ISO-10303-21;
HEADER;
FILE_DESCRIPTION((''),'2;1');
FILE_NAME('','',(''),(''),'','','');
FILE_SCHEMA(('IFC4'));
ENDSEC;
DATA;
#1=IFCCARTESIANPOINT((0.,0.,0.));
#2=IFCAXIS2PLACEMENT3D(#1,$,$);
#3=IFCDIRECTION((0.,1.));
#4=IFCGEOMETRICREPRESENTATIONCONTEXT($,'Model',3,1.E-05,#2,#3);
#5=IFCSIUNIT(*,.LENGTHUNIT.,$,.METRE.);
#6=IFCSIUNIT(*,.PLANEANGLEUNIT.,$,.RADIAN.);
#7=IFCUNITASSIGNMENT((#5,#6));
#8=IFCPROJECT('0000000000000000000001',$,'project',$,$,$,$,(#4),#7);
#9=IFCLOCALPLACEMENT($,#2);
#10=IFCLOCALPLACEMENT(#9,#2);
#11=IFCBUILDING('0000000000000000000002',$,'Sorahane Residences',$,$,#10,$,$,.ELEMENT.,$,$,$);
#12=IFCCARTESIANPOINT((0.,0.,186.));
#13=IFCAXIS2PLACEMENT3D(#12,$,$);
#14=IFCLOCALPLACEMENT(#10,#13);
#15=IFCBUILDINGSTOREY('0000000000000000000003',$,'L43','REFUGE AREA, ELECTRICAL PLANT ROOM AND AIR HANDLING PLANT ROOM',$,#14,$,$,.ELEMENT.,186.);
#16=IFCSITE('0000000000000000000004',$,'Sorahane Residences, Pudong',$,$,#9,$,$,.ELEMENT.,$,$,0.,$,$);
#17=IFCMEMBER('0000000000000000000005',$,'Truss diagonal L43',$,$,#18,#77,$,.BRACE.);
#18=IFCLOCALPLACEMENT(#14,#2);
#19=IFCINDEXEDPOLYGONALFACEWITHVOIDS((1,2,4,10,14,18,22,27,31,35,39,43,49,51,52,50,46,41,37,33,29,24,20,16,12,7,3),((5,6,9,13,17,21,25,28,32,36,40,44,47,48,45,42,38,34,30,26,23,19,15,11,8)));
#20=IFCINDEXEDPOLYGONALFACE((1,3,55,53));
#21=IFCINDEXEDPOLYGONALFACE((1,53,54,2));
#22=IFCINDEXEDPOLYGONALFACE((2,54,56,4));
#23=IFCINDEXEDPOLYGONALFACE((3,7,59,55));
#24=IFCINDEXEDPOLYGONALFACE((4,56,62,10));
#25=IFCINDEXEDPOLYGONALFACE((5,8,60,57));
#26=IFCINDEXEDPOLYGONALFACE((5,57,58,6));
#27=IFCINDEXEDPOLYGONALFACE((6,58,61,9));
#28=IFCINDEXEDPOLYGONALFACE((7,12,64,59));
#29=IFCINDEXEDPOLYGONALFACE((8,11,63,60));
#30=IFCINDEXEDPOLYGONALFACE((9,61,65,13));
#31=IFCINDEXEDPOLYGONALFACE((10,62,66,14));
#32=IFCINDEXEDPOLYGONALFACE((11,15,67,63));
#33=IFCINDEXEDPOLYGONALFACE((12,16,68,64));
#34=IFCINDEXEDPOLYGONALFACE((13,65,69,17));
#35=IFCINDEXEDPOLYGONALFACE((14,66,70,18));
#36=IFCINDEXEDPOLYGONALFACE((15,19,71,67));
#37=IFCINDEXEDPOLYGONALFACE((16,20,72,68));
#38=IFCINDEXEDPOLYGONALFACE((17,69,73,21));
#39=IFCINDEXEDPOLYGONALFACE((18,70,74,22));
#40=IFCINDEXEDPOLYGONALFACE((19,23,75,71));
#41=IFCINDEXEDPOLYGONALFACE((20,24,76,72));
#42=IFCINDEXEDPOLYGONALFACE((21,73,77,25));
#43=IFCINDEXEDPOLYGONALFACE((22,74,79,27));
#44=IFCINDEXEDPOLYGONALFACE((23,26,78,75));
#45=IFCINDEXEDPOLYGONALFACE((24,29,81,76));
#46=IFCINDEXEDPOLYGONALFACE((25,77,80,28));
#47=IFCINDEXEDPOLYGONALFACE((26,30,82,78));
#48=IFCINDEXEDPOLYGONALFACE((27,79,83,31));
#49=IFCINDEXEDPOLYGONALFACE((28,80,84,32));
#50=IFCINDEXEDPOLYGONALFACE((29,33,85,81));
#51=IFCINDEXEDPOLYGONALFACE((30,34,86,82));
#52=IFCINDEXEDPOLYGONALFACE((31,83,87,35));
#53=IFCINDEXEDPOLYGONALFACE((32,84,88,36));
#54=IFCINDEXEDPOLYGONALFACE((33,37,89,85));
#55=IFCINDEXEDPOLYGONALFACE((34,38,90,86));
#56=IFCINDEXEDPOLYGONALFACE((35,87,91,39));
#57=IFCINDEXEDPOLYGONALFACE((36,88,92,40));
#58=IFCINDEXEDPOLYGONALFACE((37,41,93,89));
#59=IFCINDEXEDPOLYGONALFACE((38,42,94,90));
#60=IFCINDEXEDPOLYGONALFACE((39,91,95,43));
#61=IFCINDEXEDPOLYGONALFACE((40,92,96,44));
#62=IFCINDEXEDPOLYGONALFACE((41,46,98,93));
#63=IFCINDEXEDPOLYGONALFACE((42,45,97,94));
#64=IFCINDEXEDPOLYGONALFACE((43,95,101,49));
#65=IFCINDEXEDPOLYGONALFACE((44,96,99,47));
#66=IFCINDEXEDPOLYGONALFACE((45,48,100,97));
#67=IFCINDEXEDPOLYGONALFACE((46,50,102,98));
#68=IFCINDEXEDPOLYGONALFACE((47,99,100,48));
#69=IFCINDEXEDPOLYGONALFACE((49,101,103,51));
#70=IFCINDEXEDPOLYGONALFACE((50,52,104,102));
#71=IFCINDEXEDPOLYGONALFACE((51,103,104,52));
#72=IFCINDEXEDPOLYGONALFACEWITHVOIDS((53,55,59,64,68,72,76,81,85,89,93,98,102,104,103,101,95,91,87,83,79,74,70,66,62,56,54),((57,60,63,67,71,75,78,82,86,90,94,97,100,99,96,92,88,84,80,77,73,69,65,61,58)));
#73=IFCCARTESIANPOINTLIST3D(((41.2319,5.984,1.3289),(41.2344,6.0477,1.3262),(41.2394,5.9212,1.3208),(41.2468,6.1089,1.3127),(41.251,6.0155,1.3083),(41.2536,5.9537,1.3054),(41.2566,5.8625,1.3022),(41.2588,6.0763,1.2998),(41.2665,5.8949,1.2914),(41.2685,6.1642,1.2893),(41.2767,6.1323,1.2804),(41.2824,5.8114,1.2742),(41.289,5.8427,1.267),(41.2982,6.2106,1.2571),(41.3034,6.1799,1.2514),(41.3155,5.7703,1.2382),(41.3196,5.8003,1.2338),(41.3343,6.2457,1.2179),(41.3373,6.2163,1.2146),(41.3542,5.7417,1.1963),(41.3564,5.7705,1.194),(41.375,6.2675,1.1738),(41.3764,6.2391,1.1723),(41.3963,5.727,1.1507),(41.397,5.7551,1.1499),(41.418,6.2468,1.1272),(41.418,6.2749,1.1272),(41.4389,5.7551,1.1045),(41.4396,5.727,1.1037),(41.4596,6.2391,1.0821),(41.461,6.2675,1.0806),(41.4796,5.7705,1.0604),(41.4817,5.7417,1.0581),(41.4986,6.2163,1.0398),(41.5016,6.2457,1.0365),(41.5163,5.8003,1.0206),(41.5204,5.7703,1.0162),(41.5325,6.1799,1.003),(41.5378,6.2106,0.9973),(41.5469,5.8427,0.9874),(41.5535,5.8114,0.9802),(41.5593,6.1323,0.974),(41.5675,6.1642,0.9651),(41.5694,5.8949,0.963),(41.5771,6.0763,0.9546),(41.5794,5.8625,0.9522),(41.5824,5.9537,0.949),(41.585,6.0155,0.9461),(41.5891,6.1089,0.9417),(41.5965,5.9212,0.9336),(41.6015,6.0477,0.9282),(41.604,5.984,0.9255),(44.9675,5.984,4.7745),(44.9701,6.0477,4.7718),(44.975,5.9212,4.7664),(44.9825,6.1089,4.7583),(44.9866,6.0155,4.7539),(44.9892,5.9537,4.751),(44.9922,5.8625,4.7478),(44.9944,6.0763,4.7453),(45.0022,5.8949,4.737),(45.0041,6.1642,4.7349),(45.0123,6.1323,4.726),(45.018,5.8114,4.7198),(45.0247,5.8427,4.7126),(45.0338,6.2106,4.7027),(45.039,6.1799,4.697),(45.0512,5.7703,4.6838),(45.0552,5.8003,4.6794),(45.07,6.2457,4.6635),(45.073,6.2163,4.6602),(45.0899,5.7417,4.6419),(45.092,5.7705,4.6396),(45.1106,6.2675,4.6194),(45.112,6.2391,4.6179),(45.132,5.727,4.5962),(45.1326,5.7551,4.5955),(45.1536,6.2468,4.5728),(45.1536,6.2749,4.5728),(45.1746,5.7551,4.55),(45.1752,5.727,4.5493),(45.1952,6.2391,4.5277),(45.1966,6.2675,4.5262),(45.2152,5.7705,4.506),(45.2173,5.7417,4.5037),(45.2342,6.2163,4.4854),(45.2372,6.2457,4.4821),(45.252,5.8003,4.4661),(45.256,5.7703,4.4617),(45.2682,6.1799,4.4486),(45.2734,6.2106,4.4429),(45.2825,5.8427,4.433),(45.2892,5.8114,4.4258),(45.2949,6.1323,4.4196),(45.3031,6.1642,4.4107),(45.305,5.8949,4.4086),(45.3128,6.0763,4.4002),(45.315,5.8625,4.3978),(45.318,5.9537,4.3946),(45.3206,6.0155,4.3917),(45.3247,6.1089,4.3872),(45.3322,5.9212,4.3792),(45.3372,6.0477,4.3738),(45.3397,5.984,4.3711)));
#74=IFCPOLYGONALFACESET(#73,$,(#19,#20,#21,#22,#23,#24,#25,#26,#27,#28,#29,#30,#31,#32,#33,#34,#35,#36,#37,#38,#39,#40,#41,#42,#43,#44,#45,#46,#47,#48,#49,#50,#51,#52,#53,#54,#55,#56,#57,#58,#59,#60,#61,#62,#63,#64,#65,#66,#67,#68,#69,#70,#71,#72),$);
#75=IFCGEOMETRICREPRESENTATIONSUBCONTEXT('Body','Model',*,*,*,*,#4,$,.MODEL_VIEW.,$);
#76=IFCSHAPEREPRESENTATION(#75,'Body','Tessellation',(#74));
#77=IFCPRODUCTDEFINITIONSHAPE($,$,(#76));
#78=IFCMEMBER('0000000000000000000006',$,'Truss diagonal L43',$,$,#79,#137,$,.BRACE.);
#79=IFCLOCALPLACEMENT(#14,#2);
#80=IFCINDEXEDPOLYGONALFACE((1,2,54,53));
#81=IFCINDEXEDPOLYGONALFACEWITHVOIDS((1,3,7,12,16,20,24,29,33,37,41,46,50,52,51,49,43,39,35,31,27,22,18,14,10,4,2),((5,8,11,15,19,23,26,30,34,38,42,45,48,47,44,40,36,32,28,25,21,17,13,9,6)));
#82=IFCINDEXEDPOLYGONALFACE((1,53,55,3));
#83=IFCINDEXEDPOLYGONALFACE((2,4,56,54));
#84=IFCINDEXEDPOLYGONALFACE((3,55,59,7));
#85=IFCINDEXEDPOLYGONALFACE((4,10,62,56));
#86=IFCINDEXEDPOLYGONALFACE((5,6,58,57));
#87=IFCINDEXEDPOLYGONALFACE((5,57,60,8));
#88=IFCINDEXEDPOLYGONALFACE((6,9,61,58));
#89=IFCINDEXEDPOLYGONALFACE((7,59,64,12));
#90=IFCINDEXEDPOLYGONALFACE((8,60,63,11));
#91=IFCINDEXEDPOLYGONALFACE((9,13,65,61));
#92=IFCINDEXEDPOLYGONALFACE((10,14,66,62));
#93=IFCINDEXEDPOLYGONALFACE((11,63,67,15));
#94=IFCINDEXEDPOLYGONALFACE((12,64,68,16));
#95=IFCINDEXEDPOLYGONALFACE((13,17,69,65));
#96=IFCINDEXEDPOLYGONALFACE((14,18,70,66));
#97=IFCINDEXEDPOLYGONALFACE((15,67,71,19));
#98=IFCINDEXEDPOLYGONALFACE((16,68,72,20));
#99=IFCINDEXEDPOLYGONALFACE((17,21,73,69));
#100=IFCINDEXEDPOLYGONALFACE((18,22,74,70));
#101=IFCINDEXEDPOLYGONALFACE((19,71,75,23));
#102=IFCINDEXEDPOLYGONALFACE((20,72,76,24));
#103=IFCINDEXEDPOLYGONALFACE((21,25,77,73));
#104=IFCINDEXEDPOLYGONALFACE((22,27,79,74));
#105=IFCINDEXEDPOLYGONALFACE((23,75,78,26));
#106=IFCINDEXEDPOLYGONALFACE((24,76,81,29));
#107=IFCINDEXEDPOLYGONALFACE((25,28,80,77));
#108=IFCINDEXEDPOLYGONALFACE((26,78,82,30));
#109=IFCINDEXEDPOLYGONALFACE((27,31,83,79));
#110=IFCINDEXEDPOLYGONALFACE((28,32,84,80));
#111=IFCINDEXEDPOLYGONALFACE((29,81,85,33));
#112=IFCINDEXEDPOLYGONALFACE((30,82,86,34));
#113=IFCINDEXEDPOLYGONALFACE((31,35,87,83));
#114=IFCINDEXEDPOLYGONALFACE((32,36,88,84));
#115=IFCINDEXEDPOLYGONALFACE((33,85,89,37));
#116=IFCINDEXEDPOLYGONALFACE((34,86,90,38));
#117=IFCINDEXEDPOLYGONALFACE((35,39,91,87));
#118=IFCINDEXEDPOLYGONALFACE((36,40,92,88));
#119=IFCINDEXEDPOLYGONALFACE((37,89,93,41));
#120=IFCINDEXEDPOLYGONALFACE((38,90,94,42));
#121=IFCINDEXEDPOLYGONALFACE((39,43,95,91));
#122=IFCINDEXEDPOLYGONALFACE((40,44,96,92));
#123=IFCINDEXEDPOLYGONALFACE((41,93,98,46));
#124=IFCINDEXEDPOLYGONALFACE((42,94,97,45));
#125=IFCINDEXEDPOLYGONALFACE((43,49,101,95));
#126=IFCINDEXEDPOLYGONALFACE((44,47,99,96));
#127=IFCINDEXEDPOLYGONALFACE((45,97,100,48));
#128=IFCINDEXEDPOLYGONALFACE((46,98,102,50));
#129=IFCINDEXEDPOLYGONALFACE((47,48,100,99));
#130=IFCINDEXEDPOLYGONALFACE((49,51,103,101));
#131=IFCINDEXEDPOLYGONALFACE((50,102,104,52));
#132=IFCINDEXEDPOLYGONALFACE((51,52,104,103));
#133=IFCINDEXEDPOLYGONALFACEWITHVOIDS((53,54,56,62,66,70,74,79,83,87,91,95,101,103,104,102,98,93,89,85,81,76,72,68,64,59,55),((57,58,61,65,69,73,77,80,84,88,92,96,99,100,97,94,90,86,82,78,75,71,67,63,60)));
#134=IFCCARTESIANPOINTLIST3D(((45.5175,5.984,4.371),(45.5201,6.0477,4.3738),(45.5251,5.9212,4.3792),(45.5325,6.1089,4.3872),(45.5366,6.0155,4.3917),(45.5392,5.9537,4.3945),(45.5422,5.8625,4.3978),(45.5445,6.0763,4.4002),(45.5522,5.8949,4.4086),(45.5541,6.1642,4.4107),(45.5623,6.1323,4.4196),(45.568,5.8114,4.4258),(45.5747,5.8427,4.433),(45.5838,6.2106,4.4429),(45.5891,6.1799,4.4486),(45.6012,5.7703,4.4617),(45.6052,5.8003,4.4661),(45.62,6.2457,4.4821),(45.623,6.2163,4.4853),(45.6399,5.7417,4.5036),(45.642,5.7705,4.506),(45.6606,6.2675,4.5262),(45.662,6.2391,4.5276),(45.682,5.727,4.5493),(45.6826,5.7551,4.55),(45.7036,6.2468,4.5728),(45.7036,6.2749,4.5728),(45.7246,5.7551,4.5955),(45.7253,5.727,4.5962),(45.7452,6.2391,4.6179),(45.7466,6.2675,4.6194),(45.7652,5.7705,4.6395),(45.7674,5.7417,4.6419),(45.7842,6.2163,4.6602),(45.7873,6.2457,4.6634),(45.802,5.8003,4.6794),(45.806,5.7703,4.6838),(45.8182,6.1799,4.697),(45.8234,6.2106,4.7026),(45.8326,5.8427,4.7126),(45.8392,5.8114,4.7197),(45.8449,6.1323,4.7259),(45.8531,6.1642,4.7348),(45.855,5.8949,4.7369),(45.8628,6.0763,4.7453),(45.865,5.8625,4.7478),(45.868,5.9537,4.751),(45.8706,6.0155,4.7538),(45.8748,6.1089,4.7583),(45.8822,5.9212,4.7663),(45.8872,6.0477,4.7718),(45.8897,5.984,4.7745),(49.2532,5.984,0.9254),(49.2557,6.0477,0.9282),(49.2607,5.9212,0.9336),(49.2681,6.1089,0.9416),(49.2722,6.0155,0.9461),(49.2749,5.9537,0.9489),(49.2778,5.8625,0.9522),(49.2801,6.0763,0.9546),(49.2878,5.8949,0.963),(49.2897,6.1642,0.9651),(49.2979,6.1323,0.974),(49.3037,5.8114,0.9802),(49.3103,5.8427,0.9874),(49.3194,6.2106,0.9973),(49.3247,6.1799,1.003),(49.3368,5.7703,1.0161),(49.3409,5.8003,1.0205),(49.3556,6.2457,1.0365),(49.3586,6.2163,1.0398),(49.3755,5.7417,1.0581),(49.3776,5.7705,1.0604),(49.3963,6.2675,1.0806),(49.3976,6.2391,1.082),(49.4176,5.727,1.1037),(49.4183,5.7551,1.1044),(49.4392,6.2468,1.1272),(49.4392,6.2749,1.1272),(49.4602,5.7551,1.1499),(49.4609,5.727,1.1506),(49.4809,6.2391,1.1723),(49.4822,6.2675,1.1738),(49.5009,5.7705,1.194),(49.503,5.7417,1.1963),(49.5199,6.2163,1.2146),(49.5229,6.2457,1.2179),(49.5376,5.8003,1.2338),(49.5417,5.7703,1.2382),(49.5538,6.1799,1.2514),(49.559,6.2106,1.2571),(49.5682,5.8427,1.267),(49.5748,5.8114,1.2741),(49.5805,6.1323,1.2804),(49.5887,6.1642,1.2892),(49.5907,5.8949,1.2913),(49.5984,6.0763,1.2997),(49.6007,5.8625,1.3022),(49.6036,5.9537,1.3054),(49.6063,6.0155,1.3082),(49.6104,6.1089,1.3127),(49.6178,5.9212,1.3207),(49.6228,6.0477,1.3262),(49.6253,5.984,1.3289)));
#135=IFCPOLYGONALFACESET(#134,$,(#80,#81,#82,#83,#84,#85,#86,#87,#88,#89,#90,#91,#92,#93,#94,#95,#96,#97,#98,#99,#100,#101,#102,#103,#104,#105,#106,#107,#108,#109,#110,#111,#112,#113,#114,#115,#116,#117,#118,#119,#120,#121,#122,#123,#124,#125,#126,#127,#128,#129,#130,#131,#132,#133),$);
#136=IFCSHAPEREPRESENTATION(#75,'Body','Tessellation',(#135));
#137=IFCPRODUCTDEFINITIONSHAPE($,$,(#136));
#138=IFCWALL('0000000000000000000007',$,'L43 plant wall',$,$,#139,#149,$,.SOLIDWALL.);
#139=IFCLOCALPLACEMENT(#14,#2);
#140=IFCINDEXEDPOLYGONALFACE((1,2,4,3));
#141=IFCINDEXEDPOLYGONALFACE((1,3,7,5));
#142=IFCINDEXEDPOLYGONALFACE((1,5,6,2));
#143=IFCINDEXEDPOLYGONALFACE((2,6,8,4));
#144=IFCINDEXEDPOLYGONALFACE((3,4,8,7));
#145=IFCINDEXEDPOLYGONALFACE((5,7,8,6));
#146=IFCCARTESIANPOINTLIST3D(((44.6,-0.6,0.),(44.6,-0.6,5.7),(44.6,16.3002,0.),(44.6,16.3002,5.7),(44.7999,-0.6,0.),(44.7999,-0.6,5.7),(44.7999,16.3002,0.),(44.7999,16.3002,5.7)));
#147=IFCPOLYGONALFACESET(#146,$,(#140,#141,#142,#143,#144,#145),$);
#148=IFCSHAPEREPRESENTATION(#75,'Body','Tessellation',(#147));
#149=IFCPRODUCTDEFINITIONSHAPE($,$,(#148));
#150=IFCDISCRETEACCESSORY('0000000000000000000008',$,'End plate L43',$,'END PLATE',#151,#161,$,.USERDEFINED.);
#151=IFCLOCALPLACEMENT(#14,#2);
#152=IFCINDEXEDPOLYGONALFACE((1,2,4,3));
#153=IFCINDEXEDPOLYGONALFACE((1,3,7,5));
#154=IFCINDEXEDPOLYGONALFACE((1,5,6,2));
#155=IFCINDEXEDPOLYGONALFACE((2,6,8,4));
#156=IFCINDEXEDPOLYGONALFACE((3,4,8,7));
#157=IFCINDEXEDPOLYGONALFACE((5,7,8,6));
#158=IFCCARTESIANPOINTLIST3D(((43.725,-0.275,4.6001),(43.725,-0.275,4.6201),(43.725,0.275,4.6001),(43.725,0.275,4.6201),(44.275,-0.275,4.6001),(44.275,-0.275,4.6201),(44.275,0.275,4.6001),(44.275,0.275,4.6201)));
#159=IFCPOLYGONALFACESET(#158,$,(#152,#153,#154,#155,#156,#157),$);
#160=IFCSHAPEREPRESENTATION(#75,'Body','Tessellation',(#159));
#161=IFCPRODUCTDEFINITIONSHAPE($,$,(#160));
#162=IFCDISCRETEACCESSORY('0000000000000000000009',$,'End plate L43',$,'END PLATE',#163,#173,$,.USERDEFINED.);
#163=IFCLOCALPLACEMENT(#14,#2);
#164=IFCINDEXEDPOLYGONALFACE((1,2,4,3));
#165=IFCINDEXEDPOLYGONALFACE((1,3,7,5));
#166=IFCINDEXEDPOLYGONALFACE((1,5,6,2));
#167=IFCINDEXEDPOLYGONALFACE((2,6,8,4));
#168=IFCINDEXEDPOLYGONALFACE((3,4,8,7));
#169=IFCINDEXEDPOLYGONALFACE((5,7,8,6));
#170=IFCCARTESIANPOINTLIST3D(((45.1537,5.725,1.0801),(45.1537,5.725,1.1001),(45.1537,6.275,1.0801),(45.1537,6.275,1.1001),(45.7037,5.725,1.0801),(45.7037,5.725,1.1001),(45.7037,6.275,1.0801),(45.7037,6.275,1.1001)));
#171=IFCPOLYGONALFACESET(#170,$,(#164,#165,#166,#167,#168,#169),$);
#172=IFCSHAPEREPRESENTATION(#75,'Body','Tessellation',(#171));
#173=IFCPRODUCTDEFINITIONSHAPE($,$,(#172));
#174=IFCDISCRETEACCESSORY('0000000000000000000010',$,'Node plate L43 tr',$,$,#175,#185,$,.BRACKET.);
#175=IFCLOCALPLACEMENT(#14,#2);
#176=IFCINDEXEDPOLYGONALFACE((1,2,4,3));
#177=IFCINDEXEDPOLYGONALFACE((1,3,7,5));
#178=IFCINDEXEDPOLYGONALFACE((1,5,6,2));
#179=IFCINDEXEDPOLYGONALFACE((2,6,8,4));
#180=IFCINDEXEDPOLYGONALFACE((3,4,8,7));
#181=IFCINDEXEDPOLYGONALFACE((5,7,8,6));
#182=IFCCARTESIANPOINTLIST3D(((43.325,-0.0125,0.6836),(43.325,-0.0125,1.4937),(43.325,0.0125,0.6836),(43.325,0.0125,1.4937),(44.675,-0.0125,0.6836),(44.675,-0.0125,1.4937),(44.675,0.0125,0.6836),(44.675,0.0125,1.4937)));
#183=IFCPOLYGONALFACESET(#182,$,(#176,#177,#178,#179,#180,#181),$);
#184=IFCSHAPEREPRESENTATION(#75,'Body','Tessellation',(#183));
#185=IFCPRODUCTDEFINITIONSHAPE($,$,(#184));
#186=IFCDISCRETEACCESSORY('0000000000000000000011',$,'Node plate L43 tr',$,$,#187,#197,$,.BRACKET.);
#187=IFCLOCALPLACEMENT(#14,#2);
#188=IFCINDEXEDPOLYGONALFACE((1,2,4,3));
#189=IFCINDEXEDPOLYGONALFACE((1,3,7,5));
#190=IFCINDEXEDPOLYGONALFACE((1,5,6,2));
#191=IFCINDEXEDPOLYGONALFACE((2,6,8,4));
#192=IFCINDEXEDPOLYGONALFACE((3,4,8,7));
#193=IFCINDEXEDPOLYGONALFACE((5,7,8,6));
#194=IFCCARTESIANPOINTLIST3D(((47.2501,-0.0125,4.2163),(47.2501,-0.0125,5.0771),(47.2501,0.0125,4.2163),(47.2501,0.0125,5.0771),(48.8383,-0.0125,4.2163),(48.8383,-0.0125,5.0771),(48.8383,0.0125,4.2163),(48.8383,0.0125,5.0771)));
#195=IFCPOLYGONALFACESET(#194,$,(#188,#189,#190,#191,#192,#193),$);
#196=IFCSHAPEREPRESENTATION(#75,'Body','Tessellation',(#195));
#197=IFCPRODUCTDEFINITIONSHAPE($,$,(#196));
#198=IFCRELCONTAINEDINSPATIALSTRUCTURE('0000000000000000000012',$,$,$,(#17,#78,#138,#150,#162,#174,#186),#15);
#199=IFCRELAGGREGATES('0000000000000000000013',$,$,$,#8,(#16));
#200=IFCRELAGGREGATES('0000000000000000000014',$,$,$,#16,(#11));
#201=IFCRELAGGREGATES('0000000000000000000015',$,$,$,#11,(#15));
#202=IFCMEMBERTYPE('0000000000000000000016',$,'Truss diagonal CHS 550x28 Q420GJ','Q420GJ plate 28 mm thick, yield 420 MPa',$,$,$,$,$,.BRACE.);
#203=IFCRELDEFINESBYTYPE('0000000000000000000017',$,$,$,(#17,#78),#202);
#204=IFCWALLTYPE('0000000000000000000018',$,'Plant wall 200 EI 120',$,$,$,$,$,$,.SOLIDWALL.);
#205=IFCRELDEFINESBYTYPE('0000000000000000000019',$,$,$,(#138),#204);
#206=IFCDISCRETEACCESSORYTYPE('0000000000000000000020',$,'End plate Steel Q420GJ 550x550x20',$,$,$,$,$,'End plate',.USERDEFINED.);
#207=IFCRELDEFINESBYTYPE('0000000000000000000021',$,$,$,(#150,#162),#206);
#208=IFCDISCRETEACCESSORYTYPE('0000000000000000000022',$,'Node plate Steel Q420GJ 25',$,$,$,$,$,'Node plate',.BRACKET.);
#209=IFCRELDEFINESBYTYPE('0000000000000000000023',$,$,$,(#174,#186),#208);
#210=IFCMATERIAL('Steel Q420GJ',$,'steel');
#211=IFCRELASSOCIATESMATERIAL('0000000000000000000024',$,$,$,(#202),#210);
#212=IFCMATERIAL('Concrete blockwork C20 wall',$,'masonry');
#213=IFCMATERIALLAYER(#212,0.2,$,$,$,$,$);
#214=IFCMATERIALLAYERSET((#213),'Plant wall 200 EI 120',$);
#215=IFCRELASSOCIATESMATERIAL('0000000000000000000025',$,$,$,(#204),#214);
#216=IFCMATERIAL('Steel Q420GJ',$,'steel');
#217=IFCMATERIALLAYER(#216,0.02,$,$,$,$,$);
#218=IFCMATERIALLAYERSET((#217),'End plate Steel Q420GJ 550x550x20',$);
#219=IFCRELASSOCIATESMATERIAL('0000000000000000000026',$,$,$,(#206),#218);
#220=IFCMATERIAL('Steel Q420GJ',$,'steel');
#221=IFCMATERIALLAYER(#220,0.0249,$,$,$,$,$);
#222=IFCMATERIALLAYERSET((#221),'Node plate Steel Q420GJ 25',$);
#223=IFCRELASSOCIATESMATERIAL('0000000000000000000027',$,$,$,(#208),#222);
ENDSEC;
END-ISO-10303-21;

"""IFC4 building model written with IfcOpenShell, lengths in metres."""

from ifc_helpers import new_model, si_unit, direction, frame, frame_2d, origin, origin_2d, place, context, subcontext, project, spatial, rectangle, hollow_circle, extrude, material, layer, layer_set, material_profile, profile_set, type_object, element, save


model = new_model("IFC4")

# Units and contexts
model_context = context("Model", 3, precision=1e-05, world=origin(), true_north=direction((0.0, 1.0)))
body_context = subcontext(model_context, "Body", "Model", "MODEL_VIEW")
ifc_project = project(units=[si_unit("LENGTHUNIT", "METRE"), si_unit("PLANEANGLEUNIT", "RADIAN")], contexts=[model_context])

# Site, building, storey
site_placement = place(None, origin())
site = spatial("IfcSite", under=ifc_project, at=site_placement, Name="Sorahane Residences, Pudong", CompositionType="ELEMENT", RefElevation=0.0)
building_placement = place(site_placement, origin())
building = spatial("IfcBuilding", under=site, at=building_placement, Name="Sorahane Residences", CompositionType="ELEMENT")
storey_placement = place(building_placement, frame((0.0, 0.0, 186.0)))
storey = spatial("IfcBuildingStorey", under=building, at=storey_placement, Name="L43", Description="REFUGE AREA, ELECTRICAL PLANT ROOM AND AIR HANDLING PLANT ROOM", CompositionType="ELEMENT", Elevation=186.0)

# Members
ifc_material_1 = material(Name="Steel Q420GJ", Category="steel")
ifc_material_profile_1 = material_profile(ifc_material_1, hollow_circle(Radius=0.2749, WallThickness=0.0281, at=origin_2d()), Name="CHS 550x28")
ifc_profile_set_1 = profile_set([ifc_material_profile_1], Name="Steel Q420GJ")
member_type = type_object("IfcMemberType", Name="Truss diagonal CHS 550x28 Q420GJ", Description="Q420GJ plate 28 mm thick, yield 420 MPa", PredefinedType="BRACE", material=ifc_profile_set_1)
for number, where, z_axis, x_axis, name in (
    (1, (41.418, 6.0, 1.1272), (0.735067, 0.0, 0.677995), (0.0, 1.0, 0.0), "Truss diagonal L43"),
    (2, (45.7036, 6.0, 4.5728), (0.735067, 0.0, -0.677995), (0.0, 1.0, 0.0), "Truss diagonal L43"),
):
    element("IfcMember", number, at=place(storey_placement, frame(where, z_axis=z_axis, x_axis=x_axis)), inside=storey, type_object=member_type, Name=name, PredefinedType="BRACE", context=body_context, shape_type="SweptSolid", body=[
        extrude(hollow_circle(Radius=0.2749, WallThickness=0.0281, at=origin_2d()), origin(), (0.0, 0.0, 1.0), 5.082),
    ])

# Wall
ifc_material_2 = material(Name="Concrete blockwork C20 wall", Category="masonry")
ifc_layer_1 = layer(ifc_material_2, 0.2)
ifc_layer_set_1 = layer_set([ifc_layer_1], Name="Plant wall 200 EI 120")
wall_type = type_object("IfcWallType", Name="Plant wall 200 EI 120", PredefinedType="SOLIDWALL", material=ifc_layer_set_1)
wall_placement = place(storey_placement, frame((44.7, -0.6001, 0.0), z_axis=(0.0, 0.0, 1.0), x_axis=(0.0, 1.0, 0.0)))
element("IfcWall", 3, at=wall_placement, inside=storey, type_object=wall_type, Name="L43 plant wall", PredefinedType="SOLIDWALL", context=body_context, shape_type="SweptSolid", body=[
    extrude(rectangle(XDim=16.9001, YDim=0.2, at=frame_2d((8.4502, 0.0))), origin(), (0.0, 0.0, 1.0), 5.7),
])

# Discrete accessories
ifc_material_3 = material(Name="Steel Q420GJ", Category="steel")
ifc_layer_2 = layer(ifc_material_3, 0.02)
ifc_layer_set_2 = layer_set([ifc_layer_2], Name="End plate Steel Q420GJ 550x550x20")
discrete_accessory_type_1 = type_object("IfcDiscreteAccessoryType", Name="End plate Steel Q420GJ 550x550x20", ElementType="End plate", PredefinedType="USERDEFINED", material=ifc_layer_set_2)
for number, where, z_axis, x_axis, name in (
    (4, (44.0, 0.0, 4.6001), (0.0, 0.0, 1.0), (1.0, 0.0, 0.0), "End plate L43"),
    (5, (45.4287, 6.0, 1.0801), (0.0, 0.0, 1.0), (1.0, 0.0, 0.0), "End plate L43"),
):
    element("IfcDiscreteAccessory", number, at=place(storey_placement, frame(where, z_axis=z_axis, x_axis=x_axis)), inside=storey, type_object=discrete_accessory_type_1, Name=name, ObjectType="END PLATE", PredefinedType="USERDEFINED", context=body_context, shape_type="SweptSolid", body=[
        extrude(rectangle(XDim=0.55, YDim=0.55, at=origin_2d()), origin(), (0.0, 0.0, 1.0), 0.02),
    ])
ifc_material_4 = material(Name="Steel Q420GJ", Category="steel")
ifc_layer_3 = layer(ifc_material_4, 0.0249)
ifc_layer_set_3 = layer_set([ifc_layer_3], Name="Node plate Steel Q420GJ 25")
discrete_accessory_type_2 = type_object("IfcDiscreteAccessoryType", Name="Node plate Steel Q420GJ 25", ElementType="Node plate", PredefinedType="BRACKET", material=ifc_layer_set_3)
discrete_accessory_1_placement = place(storey_placement, frame((44.0, 0.0, 0.6836), z_axis=(0.0, 0.0, 1.0), x_axis=(1.0, 0.0, 0.0)))
element("IfcDiscreteAccessory", 6, at=discrete_accessory_1_placement, inside=storey, type_object=discrete_accessory_type_2, Name="Node plate L43 tr", PredefinedType="BRACKET", context=body_context, shape_type="SweptSolid", body=[
    extrude(rectangle(XDim=1.3501, YDim=0.0249, at=origin_2d()), origin(), (0.0, 0.0, 1.0), 0.8101),
])
discrete_accessory_2_placement = place(storey_placement, frame((48.0442, 0.0, 4.2163), z_axis=(0.0, 0.0, 1.0), x_axis=(1.0, 0.0, 0.0)))
element("IfcDiscreteAccessory", 7, at=discrete_accessory_2_placement, inside=storey, type_object=discrete_accessory_type_2, Name="Node plate L43 tr", PredefinedType="BRACKET", context=body_context, shape_type="SweptSolid", body=[
    extrude(rectangle(XDim=1.5881, YDim=0.0249, at=origin_2d()), origin(), (0.0, 0.0, 1.0), 0.8608),
])

save(model, "model.ifc")
